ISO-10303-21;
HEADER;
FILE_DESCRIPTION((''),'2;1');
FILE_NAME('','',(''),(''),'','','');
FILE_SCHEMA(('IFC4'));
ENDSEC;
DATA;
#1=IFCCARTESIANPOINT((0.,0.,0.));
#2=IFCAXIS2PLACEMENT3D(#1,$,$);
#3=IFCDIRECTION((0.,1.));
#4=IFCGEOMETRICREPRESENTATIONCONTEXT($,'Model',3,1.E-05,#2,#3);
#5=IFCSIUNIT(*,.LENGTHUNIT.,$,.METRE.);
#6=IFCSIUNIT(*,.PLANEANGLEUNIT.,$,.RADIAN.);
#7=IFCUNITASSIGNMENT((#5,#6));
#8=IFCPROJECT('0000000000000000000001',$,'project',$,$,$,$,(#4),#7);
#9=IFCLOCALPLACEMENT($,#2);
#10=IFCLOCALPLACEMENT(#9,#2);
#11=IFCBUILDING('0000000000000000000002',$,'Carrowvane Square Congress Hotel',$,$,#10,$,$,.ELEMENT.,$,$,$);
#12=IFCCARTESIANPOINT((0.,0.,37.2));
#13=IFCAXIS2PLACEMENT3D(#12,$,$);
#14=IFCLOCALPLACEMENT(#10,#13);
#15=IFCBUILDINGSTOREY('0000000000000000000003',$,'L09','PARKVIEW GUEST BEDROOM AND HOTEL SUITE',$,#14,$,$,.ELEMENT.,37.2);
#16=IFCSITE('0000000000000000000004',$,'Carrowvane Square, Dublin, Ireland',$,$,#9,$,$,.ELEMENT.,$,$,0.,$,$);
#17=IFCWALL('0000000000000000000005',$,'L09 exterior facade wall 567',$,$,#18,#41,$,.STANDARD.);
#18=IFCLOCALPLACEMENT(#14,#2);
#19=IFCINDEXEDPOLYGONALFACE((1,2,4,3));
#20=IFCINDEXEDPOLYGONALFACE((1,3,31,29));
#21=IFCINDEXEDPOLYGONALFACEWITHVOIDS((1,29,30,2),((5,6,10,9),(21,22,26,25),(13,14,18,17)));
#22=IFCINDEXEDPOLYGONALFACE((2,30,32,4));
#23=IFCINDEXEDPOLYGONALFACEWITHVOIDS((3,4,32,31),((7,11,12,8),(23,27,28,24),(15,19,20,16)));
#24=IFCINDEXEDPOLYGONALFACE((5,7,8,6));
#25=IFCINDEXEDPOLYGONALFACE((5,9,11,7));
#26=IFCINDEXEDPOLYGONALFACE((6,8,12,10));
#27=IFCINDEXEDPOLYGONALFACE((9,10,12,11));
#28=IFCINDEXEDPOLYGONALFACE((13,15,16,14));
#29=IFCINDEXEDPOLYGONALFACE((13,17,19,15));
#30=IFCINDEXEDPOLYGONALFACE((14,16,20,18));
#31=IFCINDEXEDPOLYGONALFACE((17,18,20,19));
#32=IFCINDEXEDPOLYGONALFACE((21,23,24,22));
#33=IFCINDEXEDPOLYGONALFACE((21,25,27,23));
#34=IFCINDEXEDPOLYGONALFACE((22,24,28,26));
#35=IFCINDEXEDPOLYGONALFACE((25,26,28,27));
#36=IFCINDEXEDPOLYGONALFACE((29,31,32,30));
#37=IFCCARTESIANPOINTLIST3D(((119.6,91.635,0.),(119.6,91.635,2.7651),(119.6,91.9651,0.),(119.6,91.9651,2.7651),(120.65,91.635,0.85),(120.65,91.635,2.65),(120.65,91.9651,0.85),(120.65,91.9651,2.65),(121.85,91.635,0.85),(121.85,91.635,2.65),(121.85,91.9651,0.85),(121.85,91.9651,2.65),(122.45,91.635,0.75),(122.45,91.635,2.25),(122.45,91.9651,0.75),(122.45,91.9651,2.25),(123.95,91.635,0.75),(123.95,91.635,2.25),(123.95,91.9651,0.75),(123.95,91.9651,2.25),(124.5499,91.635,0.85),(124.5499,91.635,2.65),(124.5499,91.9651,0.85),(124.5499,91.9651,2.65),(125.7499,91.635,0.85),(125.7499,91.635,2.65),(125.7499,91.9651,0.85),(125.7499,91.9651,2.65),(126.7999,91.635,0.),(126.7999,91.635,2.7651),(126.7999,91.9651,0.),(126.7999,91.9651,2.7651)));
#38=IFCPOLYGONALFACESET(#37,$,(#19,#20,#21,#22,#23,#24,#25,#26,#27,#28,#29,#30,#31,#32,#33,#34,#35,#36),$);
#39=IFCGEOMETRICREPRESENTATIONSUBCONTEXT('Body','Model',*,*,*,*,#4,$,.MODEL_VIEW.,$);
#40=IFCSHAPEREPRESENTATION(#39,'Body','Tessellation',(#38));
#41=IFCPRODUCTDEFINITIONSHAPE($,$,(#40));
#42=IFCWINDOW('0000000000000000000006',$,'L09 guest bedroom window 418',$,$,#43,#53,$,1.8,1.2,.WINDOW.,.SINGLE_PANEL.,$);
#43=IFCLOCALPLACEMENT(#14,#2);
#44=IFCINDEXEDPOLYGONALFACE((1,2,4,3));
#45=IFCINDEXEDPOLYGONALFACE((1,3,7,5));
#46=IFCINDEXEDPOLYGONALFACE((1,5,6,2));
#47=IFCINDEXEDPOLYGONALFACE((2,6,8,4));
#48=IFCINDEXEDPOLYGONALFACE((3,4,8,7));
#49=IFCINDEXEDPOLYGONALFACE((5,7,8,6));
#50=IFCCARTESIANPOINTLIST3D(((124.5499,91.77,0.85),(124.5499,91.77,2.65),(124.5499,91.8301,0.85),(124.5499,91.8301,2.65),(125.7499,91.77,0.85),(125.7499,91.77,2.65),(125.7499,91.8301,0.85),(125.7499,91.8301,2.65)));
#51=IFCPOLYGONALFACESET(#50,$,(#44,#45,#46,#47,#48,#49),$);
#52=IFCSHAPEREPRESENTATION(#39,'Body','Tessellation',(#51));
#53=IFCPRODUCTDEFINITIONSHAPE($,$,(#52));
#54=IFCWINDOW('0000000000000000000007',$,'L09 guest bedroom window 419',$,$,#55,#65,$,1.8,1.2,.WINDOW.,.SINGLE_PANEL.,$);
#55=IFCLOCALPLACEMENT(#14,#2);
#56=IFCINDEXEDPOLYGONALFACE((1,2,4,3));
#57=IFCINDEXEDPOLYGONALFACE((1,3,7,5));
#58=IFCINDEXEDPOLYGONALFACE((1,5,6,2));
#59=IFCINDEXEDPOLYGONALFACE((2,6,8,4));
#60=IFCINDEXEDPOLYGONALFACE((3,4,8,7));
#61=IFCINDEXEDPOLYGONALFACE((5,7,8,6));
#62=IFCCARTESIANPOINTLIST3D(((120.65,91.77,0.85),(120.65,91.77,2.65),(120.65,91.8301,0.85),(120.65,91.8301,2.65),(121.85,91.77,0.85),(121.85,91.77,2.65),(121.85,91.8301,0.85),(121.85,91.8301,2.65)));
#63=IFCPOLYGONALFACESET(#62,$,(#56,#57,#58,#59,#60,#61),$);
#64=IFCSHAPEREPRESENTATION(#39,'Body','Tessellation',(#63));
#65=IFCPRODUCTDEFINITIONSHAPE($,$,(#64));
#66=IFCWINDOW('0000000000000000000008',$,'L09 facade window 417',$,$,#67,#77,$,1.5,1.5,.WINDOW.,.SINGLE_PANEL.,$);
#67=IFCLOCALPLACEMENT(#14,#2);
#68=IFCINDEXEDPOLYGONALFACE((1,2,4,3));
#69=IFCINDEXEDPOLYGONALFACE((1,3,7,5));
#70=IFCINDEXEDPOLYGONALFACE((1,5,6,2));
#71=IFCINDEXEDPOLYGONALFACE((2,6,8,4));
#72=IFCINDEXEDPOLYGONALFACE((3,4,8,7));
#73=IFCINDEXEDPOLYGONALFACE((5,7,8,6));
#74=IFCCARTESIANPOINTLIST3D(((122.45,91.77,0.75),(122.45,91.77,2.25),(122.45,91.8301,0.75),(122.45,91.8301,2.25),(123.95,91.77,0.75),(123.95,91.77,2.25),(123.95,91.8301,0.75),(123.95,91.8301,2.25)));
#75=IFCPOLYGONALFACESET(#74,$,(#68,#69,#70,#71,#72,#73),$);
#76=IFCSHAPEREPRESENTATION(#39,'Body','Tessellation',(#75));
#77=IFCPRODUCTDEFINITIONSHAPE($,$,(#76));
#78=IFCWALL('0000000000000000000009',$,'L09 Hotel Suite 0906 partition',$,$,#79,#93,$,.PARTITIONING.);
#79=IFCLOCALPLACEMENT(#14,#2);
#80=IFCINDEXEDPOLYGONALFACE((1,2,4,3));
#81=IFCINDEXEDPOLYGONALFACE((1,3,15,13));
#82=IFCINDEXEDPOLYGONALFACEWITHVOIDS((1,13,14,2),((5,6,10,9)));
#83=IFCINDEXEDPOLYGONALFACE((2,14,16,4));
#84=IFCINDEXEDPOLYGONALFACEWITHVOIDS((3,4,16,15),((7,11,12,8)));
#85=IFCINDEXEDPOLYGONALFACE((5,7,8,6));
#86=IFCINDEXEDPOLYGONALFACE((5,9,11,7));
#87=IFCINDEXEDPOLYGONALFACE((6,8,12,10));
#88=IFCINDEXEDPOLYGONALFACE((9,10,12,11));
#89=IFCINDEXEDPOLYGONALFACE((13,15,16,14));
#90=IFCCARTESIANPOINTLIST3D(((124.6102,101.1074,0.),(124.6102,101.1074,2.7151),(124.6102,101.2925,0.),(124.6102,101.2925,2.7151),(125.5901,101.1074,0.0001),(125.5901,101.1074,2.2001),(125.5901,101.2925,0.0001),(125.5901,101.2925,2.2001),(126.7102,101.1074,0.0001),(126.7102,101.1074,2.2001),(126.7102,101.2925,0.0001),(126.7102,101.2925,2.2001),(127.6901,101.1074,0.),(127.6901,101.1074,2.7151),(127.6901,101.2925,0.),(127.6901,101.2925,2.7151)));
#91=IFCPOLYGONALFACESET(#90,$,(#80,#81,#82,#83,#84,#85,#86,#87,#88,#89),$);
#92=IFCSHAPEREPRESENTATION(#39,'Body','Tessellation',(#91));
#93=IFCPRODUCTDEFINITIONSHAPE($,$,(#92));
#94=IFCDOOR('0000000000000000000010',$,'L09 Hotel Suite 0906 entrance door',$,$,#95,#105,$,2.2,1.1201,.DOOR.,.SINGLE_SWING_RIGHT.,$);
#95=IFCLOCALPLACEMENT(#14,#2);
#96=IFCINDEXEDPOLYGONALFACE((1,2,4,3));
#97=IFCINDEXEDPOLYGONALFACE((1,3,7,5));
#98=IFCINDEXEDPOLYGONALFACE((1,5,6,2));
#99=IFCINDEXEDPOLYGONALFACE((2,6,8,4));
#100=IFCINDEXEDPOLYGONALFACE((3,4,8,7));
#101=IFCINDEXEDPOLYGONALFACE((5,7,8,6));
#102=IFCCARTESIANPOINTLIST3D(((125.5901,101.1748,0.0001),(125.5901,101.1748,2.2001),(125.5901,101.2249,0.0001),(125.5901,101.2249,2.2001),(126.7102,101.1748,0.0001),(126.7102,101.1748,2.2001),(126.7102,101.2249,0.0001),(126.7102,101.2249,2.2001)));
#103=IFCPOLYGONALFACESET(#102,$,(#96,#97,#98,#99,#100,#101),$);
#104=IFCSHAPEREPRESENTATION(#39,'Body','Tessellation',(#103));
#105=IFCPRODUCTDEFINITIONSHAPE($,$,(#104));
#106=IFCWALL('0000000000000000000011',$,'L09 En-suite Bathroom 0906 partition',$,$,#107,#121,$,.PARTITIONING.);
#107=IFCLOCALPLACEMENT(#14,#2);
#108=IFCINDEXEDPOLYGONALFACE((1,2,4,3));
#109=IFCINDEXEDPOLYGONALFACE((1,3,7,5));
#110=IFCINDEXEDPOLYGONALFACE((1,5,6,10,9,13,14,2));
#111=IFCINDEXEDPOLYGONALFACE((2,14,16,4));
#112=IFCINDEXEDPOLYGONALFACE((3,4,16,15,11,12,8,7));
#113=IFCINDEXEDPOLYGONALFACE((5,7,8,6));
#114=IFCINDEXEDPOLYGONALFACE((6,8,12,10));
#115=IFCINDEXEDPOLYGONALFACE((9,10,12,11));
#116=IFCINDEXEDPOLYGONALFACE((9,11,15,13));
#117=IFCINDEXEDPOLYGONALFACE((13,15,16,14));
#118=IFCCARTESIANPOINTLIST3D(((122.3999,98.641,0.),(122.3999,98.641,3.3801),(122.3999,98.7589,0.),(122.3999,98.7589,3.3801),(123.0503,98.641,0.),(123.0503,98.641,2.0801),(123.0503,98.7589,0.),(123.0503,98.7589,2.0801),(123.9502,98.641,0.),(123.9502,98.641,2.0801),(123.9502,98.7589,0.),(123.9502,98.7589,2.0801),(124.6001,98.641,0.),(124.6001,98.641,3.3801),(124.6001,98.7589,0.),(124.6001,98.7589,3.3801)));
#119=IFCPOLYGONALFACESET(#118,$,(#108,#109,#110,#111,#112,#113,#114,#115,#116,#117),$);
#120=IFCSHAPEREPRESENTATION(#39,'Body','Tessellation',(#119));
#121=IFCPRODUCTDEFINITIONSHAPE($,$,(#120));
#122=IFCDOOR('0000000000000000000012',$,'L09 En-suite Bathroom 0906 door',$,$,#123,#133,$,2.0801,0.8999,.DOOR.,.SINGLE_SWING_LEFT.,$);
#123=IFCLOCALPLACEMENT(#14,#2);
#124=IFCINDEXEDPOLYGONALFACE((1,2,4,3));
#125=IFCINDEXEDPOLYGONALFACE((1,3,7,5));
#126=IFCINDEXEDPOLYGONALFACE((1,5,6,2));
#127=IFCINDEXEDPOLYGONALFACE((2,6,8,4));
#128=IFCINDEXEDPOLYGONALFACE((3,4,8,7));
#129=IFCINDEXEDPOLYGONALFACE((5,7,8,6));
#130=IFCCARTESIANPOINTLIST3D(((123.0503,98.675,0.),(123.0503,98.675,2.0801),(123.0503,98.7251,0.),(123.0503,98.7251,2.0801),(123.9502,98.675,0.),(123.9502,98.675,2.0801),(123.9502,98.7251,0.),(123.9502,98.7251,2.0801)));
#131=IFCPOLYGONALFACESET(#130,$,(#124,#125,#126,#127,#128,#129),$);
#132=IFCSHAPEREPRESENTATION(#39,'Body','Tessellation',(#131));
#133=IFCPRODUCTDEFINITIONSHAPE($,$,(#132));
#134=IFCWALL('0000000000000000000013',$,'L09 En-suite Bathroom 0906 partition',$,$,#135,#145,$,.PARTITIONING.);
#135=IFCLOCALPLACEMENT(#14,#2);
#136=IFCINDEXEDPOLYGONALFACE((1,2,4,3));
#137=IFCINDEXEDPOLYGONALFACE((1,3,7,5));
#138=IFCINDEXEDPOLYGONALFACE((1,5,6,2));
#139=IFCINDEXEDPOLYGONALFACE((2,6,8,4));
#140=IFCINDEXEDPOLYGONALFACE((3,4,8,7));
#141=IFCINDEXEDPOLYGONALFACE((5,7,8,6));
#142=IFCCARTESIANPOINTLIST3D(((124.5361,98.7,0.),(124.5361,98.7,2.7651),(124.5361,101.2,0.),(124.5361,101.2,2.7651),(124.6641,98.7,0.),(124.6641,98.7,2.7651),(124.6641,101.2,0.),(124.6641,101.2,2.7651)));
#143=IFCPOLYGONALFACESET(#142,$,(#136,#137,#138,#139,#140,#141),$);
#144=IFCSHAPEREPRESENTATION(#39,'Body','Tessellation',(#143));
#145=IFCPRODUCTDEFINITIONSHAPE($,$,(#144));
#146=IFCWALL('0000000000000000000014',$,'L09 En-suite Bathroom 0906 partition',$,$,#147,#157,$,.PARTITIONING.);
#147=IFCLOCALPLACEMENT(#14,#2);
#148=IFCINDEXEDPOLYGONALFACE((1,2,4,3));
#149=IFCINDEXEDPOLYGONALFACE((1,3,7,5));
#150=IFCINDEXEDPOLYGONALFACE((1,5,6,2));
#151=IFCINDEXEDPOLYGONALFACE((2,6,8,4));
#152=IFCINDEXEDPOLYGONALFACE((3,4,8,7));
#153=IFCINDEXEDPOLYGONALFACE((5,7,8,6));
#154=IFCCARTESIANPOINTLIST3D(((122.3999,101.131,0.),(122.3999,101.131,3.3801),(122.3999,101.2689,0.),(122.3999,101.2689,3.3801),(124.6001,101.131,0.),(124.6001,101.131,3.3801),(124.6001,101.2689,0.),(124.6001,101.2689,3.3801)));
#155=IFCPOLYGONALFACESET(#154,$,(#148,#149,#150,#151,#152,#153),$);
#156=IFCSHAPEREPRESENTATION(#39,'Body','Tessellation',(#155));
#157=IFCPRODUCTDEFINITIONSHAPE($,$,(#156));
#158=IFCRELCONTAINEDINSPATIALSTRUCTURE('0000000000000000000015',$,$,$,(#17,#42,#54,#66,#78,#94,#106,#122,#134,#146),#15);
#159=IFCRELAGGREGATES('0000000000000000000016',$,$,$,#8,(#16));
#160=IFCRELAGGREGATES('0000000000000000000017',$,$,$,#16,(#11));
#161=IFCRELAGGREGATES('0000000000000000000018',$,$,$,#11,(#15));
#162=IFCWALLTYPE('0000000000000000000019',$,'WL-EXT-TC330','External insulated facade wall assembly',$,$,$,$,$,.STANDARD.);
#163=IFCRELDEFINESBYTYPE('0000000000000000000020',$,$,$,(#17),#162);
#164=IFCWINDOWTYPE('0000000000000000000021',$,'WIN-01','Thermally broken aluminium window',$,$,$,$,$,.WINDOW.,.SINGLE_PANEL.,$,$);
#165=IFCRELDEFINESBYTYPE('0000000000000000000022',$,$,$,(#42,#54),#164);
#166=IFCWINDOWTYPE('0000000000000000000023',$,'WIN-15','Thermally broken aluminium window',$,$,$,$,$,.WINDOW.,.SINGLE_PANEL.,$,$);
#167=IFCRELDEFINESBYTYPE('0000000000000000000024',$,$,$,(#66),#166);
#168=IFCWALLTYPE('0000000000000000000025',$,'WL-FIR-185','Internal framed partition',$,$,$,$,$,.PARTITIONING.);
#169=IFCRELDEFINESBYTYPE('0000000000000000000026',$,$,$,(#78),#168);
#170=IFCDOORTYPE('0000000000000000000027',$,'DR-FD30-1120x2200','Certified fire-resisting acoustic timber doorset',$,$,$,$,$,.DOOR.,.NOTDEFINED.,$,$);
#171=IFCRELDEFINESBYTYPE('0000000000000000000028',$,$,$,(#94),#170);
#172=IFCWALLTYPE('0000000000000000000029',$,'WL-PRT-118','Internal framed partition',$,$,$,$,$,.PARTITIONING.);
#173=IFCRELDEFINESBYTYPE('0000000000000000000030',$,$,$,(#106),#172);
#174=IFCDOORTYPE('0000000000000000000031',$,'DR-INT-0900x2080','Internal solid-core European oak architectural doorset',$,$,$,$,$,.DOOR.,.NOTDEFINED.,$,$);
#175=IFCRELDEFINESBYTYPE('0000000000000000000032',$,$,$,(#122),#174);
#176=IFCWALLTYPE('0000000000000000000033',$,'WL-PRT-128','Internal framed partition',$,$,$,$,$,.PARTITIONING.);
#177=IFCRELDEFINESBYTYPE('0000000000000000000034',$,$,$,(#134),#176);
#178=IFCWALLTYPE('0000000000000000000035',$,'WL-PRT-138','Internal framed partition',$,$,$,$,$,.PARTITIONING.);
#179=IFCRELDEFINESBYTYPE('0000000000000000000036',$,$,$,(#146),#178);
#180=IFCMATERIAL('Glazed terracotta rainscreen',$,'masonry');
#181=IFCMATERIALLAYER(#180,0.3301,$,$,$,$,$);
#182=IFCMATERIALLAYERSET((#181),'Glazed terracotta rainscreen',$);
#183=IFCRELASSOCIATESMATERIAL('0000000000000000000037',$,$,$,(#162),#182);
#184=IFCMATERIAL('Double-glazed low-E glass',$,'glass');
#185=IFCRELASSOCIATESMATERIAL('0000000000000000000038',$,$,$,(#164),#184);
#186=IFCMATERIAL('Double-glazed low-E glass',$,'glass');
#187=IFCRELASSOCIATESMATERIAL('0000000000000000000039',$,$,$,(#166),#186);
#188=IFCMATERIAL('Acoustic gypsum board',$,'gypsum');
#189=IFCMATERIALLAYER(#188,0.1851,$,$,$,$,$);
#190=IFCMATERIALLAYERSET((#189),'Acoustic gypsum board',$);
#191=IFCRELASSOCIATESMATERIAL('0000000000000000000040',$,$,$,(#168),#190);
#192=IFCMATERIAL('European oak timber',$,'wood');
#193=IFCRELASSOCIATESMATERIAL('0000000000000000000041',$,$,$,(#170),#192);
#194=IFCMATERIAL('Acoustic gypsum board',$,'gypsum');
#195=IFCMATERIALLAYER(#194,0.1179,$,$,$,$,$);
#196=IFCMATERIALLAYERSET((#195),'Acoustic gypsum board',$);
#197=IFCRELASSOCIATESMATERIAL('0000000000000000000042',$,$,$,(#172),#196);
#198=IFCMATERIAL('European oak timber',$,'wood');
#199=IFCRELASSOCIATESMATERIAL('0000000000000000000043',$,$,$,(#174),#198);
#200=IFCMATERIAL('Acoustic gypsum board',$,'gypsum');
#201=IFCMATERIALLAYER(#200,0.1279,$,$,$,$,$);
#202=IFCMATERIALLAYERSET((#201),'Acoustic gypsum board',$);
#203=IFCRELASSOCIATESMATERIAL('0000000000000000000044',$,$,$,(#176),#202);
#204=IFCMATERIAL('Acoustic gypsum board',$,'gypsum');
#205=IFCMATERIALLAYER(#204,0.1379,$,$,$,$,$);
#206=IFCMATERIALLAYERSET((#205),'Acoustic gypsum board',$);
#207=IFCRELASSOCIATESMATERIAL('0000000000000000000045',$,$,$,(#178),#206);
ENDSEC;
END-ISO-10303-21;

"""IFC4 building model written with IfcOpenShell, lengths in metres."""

from ifc_helpers import new_model, si_unit, direction, frame, frame_2d, origin, place, context, subcontext, project, spatial, rectangle, extrude, material, layer, layer_set, type_object, element, fill, save


model = new_model("IFC4")

# Units and contexts
model_context = context("Model", 3, precision=1e-05, world=origin(), true_north=direction((0.0, 1.0)))
body_context = subcontext(model_context, "Body", "Model", "MODEL_VIEW")
ifc_project = project(units=[si_unit("LENGTHUNIT", "METRE"), si_unit("PLANEANGLEUNIT", "RADIAN")], contexts=[model_context])

# Site, building, storey
site_placement = place(None, origin())
site = spatial("IfcSite", under=ifc_project, at=site_placement, Name="Carrowvane Square, Dublin, Ireland", CompositionType="ELEMENT", RefElevation=0.0)
building_placement = place(site_placement, origin())
building = spatial("IfcBuilding", under=site, at=building_placement, Name="Carrowvane Square Congress Hotel", CompositionType="ELEMENT")
storey_placement = place(building_placement, frame((0.0, 0.0, 37.2)))
storey = spatial("IfcBuildingStorey", under=building, at=storey_placement, Name="L09", Description="PARKVIEW GUEST BEDROOM AND HOTEL SUITE", CompositionType="ELEMENT", Elevation=37.2)

# Wall, openings, windows
ifc_material_1 = material(Name="Glazed terracotta rainscreen", Category="masonry")
ifc_layer_1 = layer(ifc_material_1, 0.3301)
ifc_layer_set_1 = layer_set([ifc_layer_1], Name="Glazed terracotta rainscreen")
wall_type_1 = type_object("IfcWallType", Name="WL-EXT-TC330", Description="External insulated facade wall assembly", PredefinedType="STANDARD", material=ifc_layer_set_1)
wall_1_placement = place(storey_placement, frame((126.8, 91.8, 0.0), z_axis=(0.0, 0.0, 1.0), x_axis=(-1.0, 0.0, 0.0)))
wall_1 = element("IfcWall", 1, at=wall_1_placement, inside=storey, type_object=wall_type_1, Name="L09 exterior facade wall 567", PredefinedType="STANDARD", context=body_context, shape_type="SweptSolid", body=[
    extrude(rectangle(XDim=7.2, YDim=0.3301, at=frame_2d((3.6001, 0.0))), origin(), (0.0, 0.0, 1.0), 2.7651),
])
opening_1_placement = place(wall_1_placement, frame((2.8501, 0.0, 0.75)))
opening_1 = element("IfcOpeningElement", 2, at=opening_1_placement, cuts=wall_1, PredefinedType="OPENING", context=body_context, shape_type="SweptSolid", body=[
    extrude(rectangle(XDim=1.5, YDim=1.5, at=frame_2d((0.75, 0.75))), frame((0.0, 0.175, 0.0), z_axis=(0.0, -1.0, 0.0), x_axis=(1.0, 0.0, 0.0)), (0.0, 0.0, 1.0), 0.3501),
])
opening_2_placement = place(wall_1_placement, frame((1.05, 0.0, 0.8501)))
opening_2 = element("IfcOpeningElement", 3, at=opening_2_placement, cuts=wall_1, PredefinedType="OPENING", context=body_context, shape_type="SweptSolid", body=[
    extrude(rectangle(XDim=1.2, YDim=1.8, at=frame_2d((0.6001, 0.8999))), frame((0.0, 0.175, 0.0), z_axis=(0.0, -1.0, 0.0), x_axis=(1.0, 0.0, 0.0)), (0.0, 0.0, 1.0), 0.3501),
])
opening_3_placement = place(wall_1_placement, frame((4.95, 0.0, 0.8501)))
opening_3 = element("IfcOpeningElement", 4, at=opening_3_placement, cuts=wall_1, PredefinedType="OPENING", context=body_context, shape_type="SweptSolid", body=[
    extrude(rectangle(XDim=1.2, YDim=1.8, at=frame_2d((0.6001, 0.8999))), frame((0.0, 0.175, 0.0), z_axis=(0.0, -1.0, 0.0), x_axis=(1.0, 0.0, 0.0)), (0.0, 0.0, 1.0), 0.3501),
])
ifc_material_2 = material(Name="Double-glazed low-E glass", Category="glass")
window_type_1 = type_object("IfcWindowType", Name="WIN-01", Description="Thermally broken aluminium window", PartitioningType="SINGLE_PANEL", PredefinedType="WINDOW", material=ifc_material_2)
window_1_placement = place(opening_2_placement, origin())
window_1 = element("IfcWindow", 5, at=window_1_placement, inside=storey, type_object=window_type_1, Name="L09 guest bedroom window 418", OverallHeight=1.8, OverallWidth=1.2, PartitioningType="SINGLE_PANEL", PredefinedType="WINDOW", context=body_context, shape_type="SweptSolid", body=[
    extrude(rectangle(XDim=1.2, YDim=1.8, at=frame_2d((0.6001, 0.8999))), frame((0.0, 0.03, 0.0), z_axis=(0.0, -1.0, 0.0), x_axis=(1.0, 0.0, 0.0)), (0.0, 0.0, 1.0), 0.0601),
])
fill(opening_2, window_1)
window_2_placement = place(opening_3_placement, origin())
window_2 = element("IfcWindow", 6, at=window_2_placement, inside=storey, type_object=window_type_1, Name="L09 guest bedroom window 419", OverallHeight=1.8, OverallWidth=1.2, PartitioningType="SINGLE_PANEL", PredefinedType="WINDOW", context=body_context, shape_type="SweptSolid", body=[
    extrude(rectangle(XDim=1.2, YDim=1.8, at=frame_2d((0.6001, 0.8999))), frame((0.0, 0.03, 0.0), z_axis=(0.0, -1.0, 0.0), x_axis=(1.0, 0.0, 0.0)), (0.0, 0.0, 1.0), 0.0601),
])
fill(opening_3, window_2)
ifc_material_3 = material(Name="Double-glazed low-E glass", Category="glass")
window_type_2 = type_object("IfcWindowType", Name="WIN-15", Description="Thermally broken aluminium window", PartitioningType="SINGLE_PANEL", PredefinedType="WINDOW", material=ifc_material_3)
window_3_placement = place(opening_1_placement, origin())
window_3 = element("IfcWindow", 7, at=window_3_placement, inside=storey, type_object=window_type_2, Name="L09 facade window 417", OverallHeight=1.5, OverallWidth=1.5, PartitioningType="SINGLE_PANEL", PredefinedType="WINDOW", context=body_context, shape_type="SweptSolid", body=[
    extrude(rectangle(XDim=1.5, YDim=1.5, at=frame_2d((0.75, 0.75))), frame((0.0, 0.03, 0.0), z_axis=(0.0, -1.0, 0.0), x_axis=(1.0, 0.0, 0.0)), (0.0, 0.0, 1.0), 0.0601),
])
fill(opening_1, window_3)

# Walls, openings, doors
ifc_material_4 = material(Name="Acoustic gypsum board", Category="gypsum")
ifc_layer_2 = layer(ifc_material_4, 0.1851)
ifc_layer_set_2 = layer_set([ifc_layer_2], Name="Acoustic gypsum board")
wall_type_2 = type_object("IfcWallType", Name="WL-FIR-185", Description="Internal framed partition", PredefinedType="PARTITIONING", material=ifc_layer_set_2)
wall_2_placement = place(storey_placement, frame((124.6101, 101.2, 0.0), z_axis=(0.0, 0.0, 1.0), x_axis=(1.0, 0.0, 0.0)))
wall_2 = element("IfcWall", 8, at=wall_2_placement, inside=storey, type_object=wall_type_2, Name="L09 Hotel Suite 0906 partition", PredefinedType="PARTITIONING", context=body_context, shape_type="SweptSolid", body=[
    extrude(rectangle(XDim=3.0798, YDim=0.1851, at=frame_2d((1.54, 0.0))), origin(), (0.0, 0.0, 1.0), 2.7151),
])
opening_4_placement = place(wall_2_placement, frame((0.98, 0.0, 0.0)))
opening_4 = element("IfcOpeningElement", 9, at=opening_4_placement, cuts=wall_2, PredefinedType="OPENING", context=body_context, shape_type="SweptSolid", body=[
    extrude(rectangle(XDim=1.1201, YDim=2.2, at=frame_2d((0.5601, 1.1001))), frame((0.0, 0.1025, 0.0), z_axis=(0.0, -1.0, 0.0), x_axis=(1.0, 0.0, 0.0)), (0.0, 0.0, 1.0), 0.2051),
])
ifc_material_5 = material(Name="European oak timber", Category="wood")
door_type_1 = type_object("IfcDoorType", Name="DR-FD30-1120x2200", Description="Certified fire-resisting acoustic timber doorset", OperationType="NOTDEFINED", PredefinedType="DOOR", material=ifc_material_5)
door_1_placement = place(opening_4_placement, origin())
door_1 = element("IfcDoor", 10, at=door_1_placement, inside=storey, type_object=door_type_1, Name="L09 Hotel Suite 0906 entrance door", OperationType="SINGLE_SWING_RIGHT", OverallHeight=2.2, OverallWidth=1.1201, PredefinedType="DOOR", context=body_context, shape_type="SweptSolid", body=[
    extrude(rectangle(XDim=1.1201, YDim=2.2, at=frame_2d((0.5601, 1.1001))), frame((0.0, 0.0249, 0.0), z_axis=(0.0, -1.0, 0.0), x_axis=(1.0, 0.0, 0.0)), (0.0, 0.0, 1.0), 0.05),
])
fill(opening_4, door_1)
ifc_material_6 = material(Name="Acoustic gypsum board", Category="gypsum")
ifc_layer_3 = layer(ifc_material_6, 0.1179)
ifc_layer_set_3 = layer_set([ifc_layer_3], Name="Acoustic gypsum board")
wall_type_3 = type_object("IfcWallType", Name="WL-PRT-118", Description="Internal framed partition", PredefinedType="PARTITIONING", material=ifc_layer_set_3)
wall_3_placement = place(storey_placement, frame((124.6001, 98.7, 0.0), z_axis=(0.0, 0.0, 1.0), x_axis=(-1.0, 0.0, 0.0)))
wall_3 = element("IfcWall", 11, at=wall_3_placement, inside=storey, type_object=wall_type_3, Name="L09 En-suite Bathroom 0906 partition", PredefinedType="PARTITIONING", context=body_context, shape_type="SweptSolid", body=[
    extrude(rectangle(XDim=2.2002, YDim=0.1179, at=frame_2d((1.1001, 0.0))), origin(), (0.0, 0.0, 1.0), 3.3801),
])
opening_5_placement = place(wall_3_placement, frame((0.6499, 0.0, 0.0)))
opening_5 = element("IfcOpeningElement", 12, at=opening_5_placement, cuts=wall_3, PredefinedType="OPENING", context=body_context, shape_type="SweptSolid", body=[
    extrude(rectangle(XDim=0.8999, YDim=2.0801, at=frame_2d((0.45, 1.04))), frame((0.0, 0.0688, 0.0), z_axis=(0.0, -1.0, 0.0), x_axis=(1.0, 0.0, 0.0)), (0.0, 0.0, 1.0), 0.1379),
])
ifc_material_7 = material(Name="European oak timber", Category="wood")
door_type_2 = type_object("IfcDoorType", Name="DR-INT-0900x2080", Description="Internal solid-core European oak architectural doorset", OperationType="NOTDEFINED", PredefinedType="DOOR", material=ifc_material_7)
door_2_placement = place(opening_5_placement, origin())
door_2 = element("IfcDoor", 13, at=door_2_placement, inside=storey, type_object=door_type_2, Name="L09 En-suite Bathroom 0906 door", OperationType="SINGLE_SWING_LEFT", OverallHeight=2.0801, OverallWidth=0.8999, PredefinedType="DOOR", context=body_context, shape_type="SweptSolid", body=[
    extrude(rectangle(XDim=0.8999, YDim=2.0801, at=frame_2d((0.45, 1.04))), frame((0.0, 0.0249, 0.0), z_axis=(0.0, -1.0, 0.0), x_axis=(1.0, 0.0, 0.0)), (0.0, 0.0, 1.0), 0.05),
])
fill(opening_5, door_2)

# Walls
ifc_material_8 = material(Name="Acoustic gypsum board", Category="gypsum")
ifc_layer_4 = layer(ifc_material_8, 0.1279)
ifc_layer_set_4 = layer_set([ifc_layer_4], Name="Acoustic gypsum board")
wall_type_4 = type_object("IfcWallType", Name="WL-PRT-128", Description="Internal framed partition", PredefinedType="PARTITIONING", material=ifc_layer_set_4)
wall_4_placement = place(storey_placement, frame((124.6001, 101.2, 0.0), z_axis=(0.0, 0.0, 1.0), x_axis=(0.0, -1.0, 0.0)))
element("IfcWall", 14, at=wall_4_placement, inside=storey, type_object=wall_type_4, Name="L09 En-suite Bathroom 0906 partition", PredefinedType="PARTITIONING", context=body_context, shape_type="SweptSolid", body=[
    extrude(rectangle(XDim=2.5, YDim=0.1279, at=frame_2d((1.25, 0.0))), origin(), (0.0, 0.0, 1.0), 2.7651),
])
ifc_material_9 = material(Name="Acoustic gypsum board", Category="gypsum")
ifc_layer_5 = layer(ifc_material_9, 0.1379)
ifc_layer_set_5 = layer_set([ifc_layer_5], Name="Acoustic gypsum board")
wall_type_5 = type_object("IfcWallType", Name="WL-PRT-138", Description="Internal framed partition", PredefinedType="PARTITIONING", material=ifc_layer_set_5)
wall_5_placement = place(storey_placement, frame((122.3999, 101.2, 0.0), z_axis=(0.0, 0.0, 1.0), x_axis=(1.0, 0.0, 0.0)))
element("IfcWall", 15, at=wall_5_placement, inside=storey, type_object=wall_type_5, Name="L09 En-suite Bathroom 0906 partition", PredefinedType="PARTITIONING", context=body_context, shape_type="SweptSolid", body=[
    extrude(rectangle(XDim=2.2002, YDim=0.1379, at=frame_2d((1.1001, 0.0))), origin(), (0.0, 0.0, 1.0), 3.3801),
])

save(model, "model.ifc")
